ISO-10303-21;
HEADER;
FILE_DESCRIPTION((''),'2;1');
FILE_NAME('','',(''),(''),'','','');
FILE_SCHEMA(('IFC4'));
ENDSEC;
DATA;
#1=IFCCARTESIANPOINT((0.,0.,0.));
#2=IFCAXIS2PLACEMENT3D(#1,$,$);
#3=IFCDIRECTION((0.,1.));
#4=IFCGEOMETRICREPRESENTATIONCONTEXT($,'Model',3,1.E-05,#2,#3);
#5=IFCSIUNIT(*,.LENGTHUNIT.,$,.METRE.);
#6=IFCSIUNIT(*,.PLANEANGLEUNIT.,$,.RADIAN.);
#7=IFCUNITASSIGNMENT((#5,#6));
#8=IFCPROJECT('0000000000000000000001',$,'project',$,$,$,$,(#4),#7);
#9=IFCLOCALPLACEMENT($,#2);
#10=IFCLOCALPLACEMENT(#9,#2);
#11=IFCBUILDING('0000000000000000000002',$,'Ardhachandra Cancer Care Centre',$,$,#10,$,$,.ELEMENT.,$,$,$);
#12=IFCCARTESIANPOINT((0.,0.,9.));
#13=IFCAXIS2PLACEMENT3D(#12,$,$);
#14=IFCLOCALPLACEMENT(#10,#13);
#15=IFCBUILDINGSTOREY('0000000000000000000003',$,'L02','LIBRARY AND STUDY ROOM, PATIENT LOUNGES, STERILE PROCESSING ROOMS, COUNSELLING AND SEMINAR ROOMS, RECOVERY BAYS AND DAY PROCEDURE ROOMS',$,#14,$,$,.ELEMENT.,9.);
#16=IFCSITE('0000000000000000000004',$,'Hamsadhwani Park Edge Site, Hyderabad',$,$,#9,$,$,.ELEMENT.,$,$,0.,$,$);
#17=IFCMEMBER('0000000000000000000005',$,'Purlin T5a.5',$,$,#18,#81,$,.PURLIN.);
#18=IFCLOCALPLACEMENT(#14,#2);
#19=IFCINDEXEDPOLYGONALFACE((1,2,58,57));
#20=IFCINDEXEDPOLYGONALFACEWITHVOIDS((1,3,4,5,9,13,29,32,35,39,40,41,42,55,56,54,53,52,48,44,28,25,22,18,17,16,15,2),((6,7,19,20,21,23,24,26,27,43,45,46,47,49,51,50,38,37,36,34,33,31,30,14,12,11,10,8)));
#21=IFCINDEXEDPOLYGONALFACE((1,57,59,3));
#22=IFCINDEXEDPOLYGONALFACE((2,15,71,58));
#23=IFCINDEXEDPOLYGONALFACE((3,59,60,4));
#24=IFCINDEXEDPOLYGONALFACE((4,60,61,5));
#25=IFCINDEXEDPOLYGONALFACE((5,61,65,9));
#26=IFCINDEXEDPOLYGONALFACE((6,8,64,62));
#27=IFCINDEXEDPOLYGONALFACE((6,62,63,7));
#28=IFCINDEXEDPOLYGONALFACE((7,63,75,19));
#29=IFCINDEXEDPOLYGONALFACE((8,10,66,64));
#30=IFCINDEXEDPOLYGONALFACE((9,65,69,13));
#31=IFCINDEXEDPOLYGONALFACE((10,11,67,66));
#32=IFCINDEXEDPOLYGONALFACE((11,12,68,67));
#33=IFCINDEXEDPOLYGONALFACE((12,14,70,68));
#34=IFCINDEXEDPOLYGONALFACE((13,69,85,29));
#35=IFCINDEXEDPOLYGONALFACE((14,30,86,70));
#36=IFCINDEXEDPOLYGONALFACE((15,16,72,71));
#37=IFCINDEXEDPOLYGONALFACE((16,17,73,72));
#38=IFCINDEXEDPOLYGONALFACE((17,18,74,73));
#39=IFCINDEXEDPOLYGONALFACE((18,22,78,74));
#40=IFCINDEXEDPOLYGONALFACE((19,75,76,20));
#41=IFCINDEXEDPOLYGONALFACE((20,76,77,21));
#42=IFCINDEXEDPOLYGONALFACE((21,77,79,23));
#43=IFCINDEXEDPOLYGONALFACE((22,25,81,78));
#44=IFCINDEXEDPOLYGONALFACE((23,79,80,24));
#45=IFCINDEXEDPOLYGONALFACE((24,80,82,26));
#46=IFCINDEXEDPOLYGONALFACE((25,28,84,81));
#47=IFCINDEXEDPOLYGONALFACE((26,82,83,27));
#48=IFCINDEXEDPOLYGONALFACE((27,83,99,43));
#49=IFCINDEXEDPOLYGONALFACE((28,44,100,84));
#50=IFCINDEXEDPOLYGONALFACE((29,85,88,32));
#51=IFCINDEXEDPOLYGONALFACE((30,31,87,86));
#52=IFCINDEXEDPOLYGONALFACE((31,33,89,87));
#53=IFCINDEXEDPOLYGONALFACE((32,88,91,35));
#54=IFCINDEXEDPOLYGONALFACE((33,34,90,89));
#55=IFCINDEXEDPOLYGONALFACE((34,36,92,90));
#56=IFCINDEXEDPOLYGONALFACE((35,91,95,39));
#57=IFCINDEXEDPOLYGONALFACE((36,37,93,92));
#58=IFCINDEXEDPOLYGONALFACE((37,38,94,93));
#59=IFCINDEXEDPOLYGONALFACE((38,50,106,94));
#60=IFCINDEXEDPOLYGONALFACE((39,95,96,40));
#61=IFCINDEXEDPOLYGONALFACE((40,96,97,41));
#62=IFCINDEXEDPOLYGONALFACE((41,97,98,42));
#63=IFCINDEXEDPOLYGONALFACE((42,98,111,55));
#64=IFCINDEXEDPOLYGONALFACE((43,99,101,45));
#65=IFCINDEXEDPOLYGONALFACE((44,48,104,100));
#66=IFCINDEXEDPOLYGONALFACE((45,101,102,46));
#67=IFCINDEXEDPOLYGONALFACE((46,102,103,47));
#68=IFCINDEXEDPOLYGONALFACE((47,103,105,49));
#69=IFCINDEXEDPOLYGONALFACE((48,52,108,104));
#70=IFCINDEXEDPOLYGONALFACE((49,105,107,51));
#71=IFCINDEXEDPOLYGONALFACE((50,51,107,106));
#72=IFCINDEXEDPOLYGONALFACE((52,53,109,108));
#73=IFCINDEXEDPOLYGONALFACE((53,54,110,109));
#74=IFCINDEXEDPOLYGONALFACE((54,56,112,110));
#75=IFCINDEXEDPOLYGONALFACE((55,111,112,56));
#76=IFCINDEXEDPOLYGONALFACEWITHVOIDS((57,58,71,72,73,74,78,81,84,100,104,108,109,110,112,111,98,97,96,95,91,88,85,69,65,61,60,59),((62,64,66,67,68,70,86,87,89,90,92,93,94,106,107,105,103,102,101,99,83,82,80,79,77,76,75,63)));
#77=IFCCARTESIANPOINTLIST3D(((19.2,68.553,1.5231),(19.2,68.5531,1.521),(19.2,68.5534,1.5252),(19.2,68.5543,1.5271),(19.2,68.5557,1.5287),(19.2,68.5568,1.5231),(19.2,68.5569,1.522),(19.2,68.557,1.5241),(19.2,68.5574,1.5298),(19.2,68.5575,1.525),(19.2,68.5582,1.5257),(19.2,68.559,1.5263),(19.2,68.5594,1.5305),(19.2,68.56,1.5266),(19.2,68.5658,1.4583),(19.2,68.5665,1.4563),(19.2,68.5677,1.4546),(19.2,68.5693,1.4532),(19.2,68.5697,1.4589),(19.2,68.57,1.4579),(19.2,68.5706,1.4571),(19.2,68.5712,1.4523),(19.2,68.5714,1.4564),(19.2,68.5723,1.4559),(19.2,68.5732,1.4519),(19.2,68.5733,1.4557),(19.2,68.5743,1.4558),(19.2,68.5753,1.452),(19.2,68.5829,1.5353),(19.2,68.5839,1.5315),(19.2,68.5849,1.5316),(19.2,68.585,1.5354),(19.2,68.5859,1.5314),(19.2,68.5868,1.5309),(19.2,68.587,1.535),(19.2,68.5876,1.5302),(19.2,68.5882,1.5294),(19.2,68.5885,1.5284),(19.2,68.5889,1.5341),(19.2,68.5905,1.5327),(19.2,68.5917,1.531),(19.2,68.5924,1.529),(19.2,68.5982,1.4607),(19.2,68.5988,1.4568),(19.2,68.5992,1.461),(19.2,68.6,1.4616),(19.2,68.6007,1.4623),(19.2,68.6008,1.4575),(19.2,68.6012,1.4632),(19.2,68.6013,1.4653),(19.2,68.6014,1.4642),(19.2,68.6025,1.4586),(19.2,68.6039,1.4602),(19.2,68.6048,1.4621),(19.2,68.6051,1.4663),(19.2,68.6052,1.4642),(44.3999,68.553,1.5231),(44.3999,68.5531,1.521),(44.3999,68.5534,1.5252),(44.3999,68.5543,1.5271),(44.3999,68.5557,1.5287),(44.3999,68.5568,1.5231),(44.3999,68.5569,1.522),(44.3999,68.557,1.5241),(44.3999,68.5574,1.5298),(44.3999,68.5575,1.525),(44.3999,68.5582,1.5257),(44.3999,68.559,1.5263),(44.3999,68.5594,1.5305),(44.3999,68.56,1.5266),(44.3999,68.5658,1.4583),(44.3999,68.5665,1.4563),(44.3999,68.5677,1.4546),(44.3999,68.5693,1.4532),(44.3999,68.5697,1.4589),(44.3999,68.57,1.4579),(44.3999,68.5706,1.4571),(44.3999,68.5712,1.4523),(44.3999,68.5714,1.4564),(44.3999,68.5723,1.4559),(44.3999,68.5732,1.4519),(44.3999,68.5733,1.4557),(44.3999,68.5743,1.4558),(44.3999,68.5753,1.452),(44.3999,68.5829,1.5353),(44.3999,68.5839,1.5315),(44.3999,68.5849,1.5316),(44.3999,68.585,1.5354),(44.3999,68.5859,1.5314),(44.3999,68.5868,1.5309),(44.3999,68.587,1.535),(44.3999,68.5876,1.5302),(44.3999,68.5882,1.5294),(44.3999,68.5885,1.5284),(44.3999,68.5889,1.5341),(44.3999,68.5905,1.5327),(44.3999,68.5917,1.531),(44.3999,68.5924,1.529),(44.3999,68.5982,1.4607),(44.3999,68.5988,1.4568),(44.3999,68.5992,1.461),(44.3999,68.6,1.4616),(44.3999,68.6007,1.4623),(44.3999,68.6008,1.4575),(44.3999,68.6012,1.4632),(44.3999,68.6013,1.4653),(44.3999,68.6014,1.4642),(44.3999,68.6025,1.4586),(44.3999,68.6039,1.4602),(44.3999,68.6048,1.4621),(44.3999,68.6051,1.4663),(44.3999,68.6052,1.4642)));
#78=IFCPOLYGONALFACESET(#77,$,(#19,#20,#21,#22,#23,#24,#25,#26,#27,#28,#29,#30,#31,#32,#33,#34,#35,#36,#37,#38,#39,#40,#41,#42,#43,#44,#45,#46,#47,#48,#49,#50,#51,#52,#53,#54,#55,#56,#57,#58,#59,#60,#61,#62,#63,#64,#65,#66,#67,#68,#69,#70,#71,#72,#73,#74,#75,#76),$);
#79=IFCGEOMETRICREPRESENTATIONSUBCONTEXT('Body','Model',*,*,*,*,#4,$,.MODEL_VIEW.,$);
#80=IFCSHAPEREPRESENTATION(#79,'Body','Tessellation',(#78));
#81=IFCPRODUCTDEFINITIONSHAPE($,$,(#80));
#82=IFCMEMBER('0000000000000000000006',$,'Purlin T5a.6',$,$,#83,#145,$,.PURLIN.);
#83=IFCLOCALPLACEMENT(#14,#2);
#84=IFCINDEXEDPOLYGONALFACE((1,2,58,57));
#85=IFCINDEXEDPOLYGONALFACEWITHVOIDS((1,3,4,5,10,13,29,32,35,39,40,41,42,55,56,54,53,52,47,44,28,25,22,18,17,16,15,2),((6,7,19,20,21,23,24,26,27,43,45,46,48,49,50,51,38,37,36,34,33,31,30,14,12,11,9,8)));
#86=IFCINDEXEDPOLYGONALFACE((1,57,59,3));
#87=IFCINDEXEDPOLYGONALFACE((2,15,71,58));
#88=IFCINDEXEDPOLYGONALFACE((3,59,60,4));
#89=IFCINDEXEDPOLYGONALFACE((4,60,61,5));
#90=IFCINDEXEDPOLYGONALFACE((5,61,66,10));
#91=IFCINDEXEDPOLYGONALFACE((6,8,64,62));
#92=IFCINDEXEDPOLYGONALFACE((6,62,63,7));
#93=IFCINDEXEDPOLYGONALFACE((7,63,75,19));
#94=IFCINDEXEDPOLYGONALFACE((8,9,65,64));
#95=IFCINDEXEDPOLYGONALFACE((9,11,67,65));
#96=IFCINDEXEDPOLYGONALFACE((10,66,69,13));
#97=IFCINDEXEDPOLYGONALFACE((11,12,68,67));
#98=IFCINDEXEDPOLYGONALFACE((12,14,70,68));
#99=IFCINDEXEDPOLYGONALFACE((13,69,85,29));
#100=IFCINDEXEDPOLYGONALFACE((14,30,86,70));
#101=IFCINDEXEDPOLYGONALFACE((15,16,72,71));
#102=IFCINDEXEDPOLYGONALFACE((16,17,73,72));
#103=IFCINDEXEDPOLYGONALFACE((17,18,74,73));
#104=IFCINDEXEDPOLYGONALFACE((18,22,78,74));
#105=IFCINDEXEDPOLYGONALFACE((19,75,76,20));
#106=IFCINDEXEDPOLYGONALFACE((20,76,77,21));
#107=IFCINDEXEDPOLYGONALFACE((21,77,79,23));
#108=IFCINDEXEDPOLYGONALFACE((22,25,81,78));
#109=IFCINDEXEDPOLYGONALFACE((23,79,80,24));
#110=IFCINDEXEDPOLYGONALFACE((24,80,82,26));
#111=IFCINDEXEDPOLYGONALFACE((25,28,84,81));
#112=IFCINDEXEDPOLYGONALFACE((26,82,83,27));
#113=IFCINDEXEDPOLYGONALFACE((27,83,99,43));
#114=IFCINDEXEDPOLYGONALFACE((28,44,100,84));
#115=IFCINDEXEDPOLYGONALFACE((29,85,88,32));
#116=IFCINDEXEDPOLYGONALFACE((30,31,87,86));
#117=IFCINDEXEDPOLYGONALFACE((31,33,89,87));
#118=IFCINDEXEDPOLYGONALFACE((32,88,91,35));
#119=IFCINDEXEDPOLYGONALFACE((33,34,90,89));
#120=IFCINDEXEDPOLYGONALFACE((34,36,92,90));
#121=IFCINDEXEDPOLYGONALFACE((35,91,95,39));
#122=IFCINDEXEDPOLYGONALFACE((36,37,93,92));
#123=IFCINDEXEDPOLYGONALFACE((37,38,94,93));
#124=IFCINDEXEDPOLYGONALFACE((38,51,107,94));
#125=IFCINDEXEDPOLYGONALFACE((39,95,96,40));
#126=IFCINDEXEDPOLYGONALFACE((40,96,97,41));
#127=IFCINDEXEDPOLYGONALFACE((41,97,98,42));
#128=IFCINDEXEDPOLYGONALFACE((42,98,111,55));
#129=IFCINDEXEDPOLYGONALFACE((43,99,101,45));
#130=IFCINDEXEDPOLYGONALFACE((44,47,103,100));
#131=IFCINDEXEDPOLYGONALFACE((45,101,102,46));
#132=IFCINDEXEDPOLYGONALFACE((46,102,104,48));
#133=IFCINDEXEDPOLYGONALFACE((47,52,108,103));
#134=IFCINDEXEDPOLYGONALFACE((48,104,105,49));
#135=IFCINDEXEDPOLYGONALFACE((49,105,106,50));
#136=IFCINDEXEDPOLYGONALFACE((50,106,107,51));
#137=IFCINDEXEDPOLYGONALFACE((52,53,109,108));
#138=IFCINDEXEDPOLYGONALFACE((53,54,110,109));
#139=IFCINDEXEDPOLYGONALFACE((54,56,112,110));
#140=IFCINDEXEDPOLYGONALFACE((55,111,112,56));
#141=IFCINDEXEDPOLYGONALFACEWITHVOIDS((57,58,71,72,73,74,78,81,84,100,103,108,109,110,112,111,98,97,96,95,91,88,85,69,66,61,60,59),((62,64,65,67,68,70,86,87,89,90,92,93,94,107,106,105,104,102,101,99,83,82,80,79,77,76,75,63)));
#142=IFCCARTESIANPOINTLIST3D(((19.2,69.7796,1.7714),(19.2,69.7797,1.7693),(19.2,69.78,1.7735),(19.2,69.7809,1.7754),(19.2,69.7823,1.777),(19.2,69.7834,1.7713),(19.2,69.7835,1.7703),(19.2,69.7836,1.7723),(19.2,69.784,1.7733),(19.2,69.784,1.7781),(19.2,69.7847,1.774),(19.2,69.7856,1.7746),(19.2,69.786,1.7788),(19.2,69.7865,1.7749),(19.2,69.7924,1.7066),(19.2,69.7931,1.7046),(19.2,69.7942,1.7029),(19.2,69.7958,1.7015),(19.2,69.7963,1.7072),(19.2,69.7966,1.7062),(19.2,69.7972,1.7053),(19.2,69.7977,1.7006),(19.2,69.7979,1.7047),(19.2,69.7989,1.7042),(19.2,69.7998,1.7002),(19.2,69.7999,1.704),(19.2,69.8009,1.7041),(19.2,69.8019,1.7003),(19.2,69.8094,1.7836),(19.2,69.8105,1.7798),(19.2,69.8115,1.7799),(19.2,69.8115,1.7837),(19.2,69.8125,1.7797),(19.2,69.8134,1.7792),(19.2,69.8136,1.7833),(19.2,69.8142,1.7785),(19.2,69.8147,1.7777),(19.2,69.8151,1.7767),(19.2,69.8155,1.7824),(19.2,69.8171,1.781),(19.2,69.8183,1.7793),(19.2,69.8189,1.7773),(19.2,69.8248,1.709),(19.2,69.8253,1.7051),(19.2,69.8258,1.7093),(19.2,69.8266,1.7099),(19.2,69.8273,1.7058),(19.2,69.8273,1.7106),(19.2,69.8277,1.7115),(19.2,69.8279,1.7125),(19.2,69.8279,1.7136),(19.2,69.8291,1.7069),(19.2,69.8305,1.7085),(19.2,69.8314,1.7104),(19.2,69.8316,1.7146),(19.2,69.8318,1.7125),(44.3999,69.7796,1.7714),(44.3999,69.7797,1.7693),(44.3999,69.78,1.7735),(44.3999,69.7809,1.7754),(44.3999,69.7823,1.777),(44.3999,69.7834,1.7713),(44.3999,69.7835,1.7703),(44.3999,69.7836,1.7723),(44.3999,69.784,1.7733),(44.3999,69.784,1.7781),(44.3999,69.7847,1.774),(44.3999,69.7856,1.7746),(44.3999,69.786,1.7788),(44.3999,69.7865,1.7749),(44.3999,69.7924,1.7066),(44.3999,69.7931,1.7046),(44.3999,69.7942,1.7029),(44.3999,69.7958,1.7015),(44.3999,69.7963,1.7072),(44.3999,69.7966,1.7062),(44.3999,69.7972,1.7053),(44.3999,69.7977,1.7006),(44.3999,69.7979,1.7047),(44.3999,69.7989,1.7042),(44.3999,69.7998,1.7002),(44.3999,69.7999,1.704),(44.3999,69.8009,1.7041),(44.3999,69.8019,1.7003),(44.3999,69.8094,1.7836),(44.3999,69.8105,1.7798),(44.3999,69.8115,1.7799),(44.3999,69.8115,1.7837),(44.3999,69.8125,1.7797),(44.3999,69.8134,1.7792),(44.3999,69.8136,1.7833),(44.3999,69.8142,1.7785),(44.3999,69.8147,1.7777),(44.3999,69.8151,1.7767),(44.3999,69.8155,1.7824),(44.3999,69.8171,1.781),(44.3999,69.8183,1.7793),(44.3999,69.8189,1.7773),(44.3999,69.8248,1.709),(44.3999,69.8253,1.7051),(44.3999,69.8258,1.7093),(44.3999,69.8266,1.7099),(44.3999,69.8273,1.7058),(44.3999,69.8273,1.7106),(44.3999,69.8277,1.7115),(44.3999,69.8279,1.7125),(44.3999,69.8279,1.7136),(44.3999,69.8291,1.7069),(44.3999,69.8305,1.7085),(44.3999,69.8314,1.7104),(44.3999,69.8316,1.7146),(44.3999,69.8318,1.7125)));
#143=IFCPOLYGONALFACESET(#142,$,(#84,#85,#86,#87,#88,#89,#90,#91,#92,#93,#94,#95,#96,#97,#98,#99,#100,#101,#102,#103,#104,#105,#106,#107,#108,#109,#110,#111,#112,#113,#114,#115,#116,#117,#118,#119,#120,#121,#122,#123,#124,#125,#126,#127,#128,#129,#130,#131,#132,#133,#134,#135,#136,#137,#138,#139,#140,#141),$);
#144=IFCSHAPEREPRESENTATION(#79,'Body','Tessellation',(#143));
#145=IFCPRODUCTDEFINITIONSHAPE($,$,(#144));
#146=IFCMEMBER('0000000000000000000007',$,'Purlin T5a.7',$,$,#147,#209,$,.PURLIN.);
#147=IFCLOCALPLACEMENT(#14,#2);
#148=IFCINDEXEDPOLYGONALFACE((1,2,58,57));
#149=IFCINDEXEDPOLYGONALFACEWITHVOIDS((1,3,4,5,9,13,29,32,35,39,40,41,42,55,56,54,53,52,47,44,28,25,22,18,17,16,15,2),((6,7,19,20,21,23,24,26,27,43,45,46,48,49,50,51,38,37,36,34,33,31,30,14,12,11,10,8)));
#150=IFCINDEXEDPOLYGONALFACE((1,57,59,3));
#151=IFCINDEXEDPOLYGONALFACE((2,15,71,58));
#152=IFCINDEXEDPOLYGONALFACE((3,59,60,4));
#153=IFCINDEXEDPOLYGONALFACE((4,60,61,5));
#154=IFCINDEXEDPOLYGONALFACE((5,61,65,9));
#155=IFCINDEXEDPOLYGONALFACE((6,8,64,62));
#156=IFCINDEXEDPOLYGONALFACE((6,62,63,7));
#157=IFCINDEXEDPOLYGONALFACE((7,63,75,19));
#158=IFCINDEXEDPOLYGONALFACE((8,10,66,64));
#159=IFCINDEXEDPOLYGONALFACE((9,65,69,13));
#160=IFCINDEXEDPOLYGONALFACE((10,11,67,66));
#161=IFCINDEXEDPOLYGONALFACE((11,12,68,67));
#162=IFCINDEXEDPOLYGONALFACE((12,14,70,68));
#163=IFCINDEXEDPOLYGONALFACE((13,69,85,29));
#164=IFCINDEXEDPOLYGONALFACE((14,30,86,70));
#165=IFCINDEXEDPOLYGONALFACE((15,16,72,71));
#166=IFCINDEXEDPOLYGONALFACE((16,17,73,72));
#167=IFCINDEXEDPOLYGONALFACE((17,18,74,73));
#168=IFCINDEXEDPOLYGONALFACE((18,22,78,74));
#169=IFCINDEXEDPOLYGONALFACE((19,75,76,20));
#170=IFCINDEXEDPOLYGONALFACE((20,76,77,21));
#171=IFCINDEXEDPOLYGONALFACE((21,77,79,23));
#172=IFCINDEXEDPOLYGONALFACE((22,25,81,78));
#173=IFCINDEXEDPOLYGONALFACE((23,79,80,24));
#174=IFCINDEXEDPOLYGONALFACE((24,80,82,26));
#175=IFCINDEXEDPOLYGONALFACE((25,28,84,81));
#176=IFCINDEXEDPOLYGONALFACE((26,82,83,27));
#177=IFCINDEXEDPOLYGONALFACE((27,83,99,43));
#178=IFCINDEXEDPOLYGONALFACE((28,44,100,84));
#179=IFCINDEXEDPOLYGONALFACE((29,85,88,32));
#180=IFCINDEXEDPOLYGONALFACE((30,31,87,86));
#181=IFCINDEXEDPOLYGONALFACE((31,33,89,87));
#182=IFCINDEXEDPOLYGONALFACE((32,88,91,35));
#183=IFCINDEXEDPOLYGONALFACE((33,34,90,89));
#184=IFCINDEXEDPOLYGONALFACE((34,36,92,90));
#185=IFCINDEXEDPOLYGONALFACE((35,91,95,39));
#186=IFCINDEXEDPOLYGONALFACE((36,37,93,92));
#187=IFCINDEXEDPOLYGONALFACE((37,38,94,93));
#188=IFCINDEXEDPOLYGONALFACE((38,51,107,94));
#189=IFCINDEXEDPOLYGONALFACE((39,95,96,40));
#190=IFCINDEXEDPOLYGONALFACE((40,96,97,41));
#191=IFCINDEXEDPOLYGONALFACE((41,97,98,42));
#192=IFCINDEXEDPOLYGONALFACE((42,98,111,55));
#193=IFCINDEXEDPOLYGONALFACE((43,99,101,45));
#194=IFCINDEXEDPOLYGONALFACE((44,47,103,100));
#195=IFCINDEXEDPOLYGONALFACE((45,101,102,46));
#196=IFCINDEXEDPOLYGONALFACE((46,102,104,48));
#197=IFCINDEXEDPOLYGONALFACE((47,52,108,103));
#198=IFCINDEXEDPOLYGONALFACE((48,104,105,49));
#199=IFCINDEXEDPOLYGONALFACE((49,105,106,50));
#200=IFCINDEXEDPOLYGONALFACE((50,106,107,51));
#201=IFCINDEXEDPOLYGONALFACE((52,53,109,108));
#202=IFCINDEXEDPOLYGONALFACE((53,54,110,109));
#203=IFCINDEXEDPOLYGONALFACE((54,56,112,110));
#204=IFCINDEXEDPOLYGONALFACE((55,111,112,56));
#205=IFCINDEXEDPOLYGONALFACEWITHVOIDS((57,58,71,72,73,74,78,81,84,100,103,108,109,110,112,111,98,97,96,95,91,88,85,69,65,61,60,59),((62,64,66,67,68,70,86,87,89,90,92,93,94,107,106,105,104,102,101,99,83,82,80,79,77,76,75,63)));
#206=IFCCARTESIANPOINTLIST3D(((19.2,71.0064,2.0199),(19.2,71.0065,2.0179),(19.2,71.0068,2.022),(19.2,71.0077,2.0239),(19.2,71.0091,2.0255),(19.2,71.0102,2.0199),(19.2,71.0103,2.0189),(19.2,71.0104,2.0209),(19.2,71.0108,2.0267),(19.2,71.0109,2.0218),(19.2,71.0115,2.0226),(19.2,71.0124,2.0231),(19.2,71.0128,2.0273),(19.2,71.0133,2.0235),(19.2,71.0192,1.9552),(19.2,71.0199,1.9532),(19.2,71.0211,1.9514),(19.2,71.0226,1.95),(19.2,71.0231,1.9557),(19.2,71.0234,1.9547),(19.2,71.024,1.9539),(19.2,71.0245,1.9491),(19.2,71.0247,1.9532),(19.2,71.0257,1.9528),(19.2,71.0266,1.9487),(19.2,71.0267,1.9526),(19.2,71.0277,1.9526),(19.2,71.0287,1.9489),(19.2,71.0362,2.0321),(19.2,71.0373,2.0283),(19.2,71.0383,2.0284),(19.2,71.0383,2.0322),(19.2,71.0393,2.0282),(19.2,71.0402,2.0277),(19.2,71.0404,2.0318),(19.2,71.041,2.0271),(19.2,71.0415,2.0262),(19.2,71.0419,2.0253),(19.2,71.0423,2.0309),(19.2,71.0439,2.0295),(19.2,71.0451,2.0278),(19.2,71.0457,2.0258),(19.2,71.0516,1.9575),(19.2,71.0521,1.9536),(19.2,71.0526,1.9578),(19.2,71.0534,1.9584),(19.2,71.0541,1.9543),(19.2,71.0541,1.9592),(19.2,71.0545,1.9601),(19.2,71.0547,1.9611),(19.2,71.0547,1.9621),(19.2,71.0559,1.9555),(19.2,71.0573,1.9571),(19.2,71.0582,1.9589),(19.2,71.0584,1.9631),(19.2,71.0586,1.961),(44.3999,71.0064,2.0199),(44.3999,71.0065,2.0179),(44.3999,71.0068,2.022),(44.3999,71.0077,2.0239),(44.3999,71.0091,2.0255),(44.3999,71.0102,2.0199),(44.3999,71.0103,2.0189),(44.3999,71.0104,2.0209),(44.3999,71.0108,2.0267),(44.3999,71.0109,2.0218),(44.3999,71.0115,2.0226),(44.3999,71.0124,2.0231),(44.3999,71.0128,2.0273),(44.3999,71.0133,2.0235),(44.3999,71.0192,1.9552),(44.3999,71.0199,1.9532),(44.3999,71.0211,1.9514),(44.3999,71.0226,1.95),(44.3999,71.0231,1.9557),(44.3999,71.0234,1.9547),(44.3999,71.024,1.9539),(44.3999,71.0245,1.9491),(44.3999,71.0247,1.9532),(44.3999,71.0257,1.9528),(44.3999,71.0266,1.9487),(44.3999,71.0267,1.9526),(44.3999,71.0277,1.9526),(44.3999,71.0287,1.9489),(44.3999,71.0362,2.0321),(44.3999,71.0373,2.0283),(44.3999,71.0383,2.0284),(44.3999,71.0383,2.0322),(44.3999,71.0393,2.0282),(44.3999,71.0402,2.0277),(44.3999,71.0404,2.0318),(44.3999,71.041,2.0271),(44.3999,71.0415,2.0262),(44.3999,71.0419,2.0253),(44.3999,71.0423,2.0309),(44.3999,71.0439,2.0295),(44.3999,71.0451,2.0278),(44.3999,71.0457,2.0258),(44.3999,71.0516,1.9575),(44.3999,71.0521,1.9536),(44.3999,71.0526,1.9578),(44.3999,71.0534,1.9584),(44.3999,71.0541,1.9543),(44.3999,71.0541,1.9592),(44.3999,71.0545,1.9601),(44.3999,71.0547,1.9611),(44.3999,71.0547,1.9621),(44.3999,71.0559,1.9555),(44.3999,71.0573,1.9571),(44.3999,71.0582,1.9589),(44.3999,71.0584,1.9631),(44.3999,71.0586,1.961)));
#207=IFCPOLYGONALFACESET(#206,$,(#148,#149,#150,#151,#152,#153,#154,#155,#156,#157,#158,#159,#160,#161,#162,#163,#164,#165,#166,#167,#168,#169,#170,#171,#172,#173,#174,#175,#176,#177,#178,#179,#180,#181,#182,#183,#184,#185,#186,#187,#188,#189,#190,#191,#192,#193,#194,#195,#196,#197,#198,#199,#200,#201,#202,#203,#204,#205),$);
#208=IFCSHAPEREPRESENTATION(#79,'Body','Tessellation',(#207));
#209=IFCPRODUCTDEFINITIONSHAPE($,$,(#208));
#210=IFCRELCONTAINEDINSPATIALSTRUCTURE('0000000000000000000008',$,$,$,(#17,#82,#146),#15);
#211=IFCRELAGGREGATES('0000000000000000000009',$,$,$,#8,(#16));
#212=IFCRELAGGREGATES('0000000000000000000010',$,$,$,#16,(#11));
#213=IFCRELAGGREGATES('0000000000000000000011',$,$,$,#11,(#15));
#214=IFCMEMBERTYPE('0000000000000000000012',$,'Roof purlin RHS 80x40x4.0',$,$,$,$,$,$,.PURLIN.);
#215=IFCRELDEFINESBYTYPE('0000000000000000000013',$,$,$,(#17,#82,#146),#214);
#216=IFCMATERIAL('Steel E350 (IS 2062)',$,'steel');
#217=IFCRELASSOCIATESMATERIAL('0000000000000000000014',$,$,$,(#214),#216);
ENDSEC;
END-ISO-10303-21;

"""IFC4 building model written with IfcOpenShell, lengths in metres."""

from ifc_helpers import new_model, si_unit, direction, frame, origin, origin_2d, place, context, subcontext, project, spatial, hollow_rectangle, extrude, material, material_profile, profile_set, type_object, element, save


model = new_model("IFC4")

# Units and contexts
model_context = context("Model", 3, precision=1e-05, world=origin(), true_north=direction((0.0, 1.0)))
body_context = subcontext(model_context, "Body", "Model", "MODEL_VIEW")
ifc_project = project(units=[si_unit("LENGTHUNIT", "METRE"), si_unit("PLANEANGLEUNIT", "RADIAN")], contexts=[model_context])

# Site, building, storey
site_placement = place(None, origin())
site = spatial("IfcSite", under=ifc_project, at=site_placement, Name="Hamsadhwani Park Edge Site, Hyderabad", CompositionType="ELEMENT", RefElevation=0.0)
building_placement = place(site_placement, origin())
building = spatial("IfcBuilding", under=site, at=building_placement, Name="Ardhachandra Cancer Care Centre", CompositionType="ELEMENT")
storey_placement = place(building_placement, frame((0.0, 0.0, 9.0)))
storey = spatial("IfcBuildingStorey", under=building, at=storey_placement, Name="L02", Description="LIBRARY AND STUDY ROOM, PATIENT LOUNGES, STERILE PROCESSING ROOMS, COUNSELLING AND SEMINAR ROOMS, RECOVERY BAYS AND DAY PROCEDURE ROOMS", CompositionType="ELEMENT", Elevation=9.0)

# Members
ifc_material_1 = material(Name="Steel E350 (IS 2062)", Category="steel")
ifc_material_profile_1 = material_profile(ifc_material_1, hollow_rectangle(XDim=0.04, YDim=0.0801, WallThickness=0.0039, InnerFilletRadius=0.0039, OuterFilletRadius=0.0081, at=origin_2d()), Name="RHS 80x40x4.0")
ifc_profile_set_1 = profile_set([ifc_material_profile_1], Name="Steel E350 (IS 2062)")
member_type_1 = type_object("IfcMemberType", Name="Roof purlin RHS 80x40x4.0", PredefinedType="PURLIN", material=ifc_profile_set_1)
for number, where, z_axis, x_axis, name in (
    (1, (19.2, 68.5791, 1.4937), (1.0, 0.0, 0.0), (0.0, 0.980107, 0.198472), "Purlin T5a.5"),
    (2, (19.2, 69.8057, 1.7419), (1.0, 0.0, 0.0), (0.0, 0.980107, 0.198472), "Purlin T5a.6"),
    (3, (19.2, 71.0325, 1.9905), (1.0, 0.0, 0.0), (0.0, 0.980107, 0.198472), "Purlin T5a.7"),
):
    element("IfcMember", number, at=place(storey_placement, frame(where, z_axis=z_axis, x_axis=x_axis)), inside=storey, type_object=member_type_1, Name=name, PredefinedType="PURLIN", context=body_context, shape_type="SweptSolid", body=[
        extrude(hollow_rectangle(XDim=0.04, YDim=0.0801, WallThickness=0.0039, InnerFilletRadius=0.0039, OuterFilletRadius=0.0081, at=origin_2d()), origin(), (0.0, 0.0, 1.0), 25.2),
    ])

save(model, "model.ifc")
